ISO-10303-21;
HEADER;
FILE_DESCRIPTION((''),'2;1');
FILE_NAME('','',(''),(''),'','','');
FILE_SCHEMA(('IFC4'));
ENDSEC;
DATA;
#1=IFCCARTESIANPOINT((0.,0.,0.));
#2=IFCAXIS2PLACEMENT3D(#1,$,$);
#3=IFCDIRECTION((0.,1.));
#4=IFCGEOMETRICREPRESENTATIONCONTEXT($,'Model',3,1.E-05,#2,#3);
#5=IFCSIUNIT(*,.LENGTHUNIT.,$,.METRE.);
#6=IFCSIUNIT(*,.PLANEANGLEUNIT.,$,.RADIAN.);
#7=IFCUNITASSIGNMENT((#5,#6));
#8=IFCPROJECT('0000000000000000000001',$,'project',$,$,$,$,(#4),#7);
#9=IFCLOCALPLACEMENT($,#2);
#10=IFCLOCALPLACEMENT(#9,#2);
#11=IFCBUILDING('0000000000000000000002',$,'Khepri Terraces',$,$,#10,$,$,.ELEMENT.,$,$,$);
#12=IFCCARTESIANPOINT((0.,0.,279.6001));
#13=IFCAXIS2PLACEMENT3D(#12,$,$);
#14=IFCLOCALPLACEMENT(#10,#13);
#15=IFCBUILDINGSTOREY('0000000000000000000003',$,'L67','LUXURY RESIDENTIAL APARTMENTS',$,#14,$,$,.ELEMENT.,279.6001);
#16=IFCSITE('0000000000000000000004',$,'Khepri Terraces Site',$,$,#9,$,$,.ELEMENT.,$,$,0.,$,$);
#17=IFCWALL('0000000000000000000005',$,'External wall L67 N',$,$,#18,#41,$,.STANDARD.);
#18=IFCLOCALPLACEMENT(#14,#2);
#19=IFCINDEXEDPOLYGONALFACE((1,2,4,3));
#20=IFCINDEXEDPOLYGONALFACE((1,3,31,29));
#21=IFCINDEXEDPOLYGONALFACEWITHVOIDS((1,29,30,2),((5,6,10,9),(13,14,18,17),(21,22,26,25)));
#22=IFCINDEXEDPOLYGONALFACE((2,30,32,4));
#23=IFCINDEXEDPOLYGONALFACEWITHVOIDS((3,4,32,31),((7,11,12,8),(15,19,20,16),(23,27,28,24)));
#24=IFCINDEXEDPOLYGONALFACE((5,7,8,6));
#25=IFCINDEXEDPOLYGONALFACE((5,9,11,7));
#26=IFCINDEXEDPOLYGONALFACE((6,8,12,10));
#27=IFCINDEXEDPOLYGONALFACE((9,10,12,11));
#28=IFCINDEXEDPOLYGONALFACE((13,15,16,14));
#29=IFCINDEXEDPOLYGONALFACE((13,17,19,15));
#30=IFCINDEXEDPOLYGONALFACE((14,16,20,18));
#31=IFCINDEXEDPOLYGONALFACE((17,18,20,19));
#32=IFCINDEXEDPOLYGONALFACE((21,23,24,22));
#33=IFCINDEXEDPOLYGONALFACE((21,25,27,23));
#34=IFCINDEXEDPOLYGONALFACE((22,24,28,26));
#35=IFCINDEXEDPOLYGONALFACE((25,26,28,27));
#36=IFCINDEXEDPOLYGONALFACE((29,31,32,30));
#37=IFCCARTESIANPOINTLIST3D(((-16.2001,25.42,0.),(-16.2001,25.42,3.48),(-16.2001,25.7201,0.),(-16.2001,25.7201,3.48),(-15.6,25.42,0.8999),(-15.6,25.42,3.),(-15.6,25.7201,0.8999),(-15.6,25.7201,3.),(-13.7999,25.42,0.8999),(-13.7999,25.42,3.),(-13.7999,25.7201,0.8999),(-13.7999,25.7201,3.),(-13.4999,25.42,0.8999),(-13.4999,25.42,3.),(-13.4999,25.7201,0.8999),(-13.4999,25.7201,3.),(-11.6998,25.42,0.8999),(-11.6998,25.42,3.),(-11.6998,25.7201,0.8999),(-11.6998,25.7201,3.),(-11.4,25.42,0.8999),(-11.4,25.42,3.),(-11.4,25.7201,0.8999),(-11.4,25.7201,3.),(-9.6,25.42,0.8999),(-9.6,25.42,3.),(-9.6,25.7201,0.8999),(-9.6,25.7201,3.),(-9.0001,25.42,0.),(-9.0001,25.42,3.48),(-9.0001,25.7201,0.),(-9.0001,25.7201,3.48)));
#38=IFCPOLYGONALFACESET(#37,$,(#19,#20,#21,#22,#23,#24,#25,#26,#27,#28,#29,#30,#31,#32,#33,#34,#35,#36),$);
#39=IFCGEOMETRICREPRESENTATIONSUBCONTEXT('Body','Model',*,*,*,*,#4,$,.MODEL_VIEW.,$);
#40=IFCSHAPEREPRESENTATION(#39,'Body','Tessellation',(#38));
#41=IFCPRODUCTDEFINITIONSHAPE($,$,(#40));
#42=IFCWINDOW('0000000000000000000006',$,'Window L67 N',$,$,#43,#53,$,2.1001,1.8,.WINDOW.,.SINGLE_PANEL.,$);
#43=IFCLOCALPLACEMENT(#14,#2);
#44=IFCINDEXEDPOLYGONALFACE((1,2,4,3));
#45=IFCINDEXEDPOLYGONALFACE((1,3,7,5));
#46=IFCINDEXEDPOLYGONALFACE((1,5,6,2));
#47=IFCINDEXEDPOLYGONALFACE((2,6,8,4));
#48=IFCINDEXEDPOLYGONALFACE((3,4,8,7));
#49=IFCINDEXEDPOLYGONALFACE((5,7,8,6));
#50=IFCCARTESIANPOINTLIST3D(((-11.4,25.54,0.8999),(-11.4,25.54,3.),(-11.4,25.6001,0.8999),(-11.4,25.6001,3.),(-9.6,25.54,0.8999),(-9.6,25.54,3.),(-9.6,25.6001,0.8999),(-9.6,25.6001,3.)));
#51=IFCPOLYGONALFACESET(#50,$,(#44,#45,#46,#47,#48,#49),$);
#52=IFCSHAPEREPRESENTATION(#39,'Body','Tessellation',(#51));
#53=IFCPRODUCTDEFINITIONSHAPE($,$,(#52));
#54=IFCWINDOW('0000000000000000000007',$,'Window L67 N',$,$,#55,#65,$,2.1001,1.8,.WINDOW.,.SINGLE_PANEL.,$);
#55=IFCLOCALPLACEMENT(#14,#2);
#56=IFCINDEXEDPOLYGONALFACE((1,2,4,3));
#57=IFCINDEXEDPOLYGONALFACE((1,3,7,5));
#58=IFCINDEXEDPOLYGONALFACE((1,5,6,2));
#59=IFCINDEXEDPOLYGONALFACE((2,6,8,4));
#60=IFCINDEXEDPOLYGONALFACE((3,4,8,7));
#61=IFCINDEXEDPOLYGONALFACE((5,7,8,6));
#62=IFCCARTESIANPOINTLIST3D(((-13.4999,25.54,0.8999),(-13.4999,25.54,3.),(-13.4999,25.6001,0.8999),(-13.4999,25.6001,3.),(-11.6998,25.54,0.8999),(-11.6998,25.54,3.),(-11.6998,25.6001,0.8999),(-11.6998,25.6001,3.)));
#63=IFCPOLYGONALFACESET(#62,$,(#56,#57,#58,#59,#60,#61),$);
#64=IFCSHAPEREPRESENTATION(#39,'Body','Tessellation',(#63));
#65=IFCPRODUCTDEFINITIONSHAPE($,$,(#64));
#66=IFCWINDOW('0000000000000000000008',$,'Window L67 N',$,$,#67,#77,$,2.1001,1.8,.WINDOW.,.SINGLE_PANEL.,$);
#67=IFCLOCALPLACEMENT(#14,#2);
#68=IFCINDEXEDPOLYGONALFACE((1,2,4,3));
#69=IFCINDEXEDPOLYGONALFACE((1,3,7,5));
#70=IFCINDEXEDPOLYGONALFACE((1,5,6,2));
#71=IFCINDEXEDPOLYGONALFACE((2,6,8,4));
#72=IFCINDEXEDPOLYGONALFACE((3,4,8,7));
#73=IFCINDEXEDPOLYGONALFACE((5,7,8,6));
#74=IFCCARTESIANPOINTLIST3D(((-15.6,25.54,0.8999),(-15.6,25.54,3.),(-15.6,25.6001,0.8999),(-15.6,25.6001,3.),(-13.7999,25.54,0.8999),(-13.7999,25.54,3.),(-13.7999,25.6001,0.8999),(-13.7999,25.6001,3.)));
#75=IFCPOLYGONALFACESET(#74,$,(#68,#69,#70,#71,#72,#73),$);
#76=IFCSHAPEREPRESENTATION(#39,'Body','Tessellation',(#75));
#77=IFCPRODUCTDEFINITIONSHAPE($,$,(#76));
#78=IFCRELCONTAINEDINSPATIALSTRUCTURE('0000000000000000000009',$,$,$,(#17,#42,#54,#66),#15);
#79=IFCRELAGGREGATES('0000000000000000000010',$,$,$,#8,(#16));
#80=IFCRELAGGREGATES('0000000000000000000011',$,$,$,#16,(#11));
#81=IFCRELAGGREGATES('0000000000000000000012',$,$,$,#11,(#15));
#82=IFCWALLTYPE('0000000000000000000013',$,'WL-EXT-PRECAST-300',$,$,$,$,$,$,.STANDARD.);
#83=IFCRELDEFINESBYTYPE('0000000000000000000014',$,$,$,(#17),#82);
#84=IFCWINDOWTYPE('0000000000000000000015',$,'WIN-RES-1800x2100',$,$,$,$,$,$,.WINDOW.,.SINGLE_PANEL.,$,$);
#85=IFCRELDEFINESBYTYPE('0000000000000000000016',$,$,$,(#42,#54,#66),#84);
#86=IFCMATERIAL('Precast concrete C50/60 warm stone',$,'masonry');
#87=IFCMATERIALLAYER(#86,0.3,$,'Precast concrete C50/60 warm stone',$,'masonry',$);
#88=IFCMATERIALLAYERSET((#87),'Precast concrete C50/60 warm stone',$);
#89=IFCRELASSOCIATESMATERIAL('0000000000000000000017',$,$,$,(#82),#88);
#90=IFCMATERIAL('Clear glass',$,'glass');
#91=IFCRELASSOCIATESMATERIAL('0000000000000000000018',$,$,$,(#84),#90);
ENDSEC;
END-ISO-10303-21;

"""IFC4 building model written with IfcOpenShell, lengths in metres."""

from ifc_helpers import new_model, si_unit, direction, frame, frame_2d, origin, place, context, subcontext, project, spatial, rectangle, extrude, material, layer, layer_set, type_object, element, fill, save


model = new_model("IFC4")

# Units and contexts
model_context = context("Model", 3, precision=1e-05, world=origin(), true_north=direction((0.0, 1.0)))
body_context = subcontext(model_context, "Body", "Model", "MODEL_VIEW")
ifc_project = project(units=[si_unit("LENGTHUNIT", "METRE"), si_unit("PLANEANGLEUNIT", "RADIAN")], contexts=[model_context])

# Site, building, storey
site_placement = place(None, origin())
site = spatial("IfcSite", under=ifc_project, at=site_placement, Name="Khepri Terraces Site", CompositionType="ELEMENT", RefElevation=0.0)
building_placement = place(site_placement, origin())
building = spatial("IfcBuilding", under=site, at=building_placement, Name="Khepri Terraces", CompositionType="ELEMENT")
storey_placement = place(building_placement, frame((0.0, 0.0, 279.6001)))
storey = spatial("IfcBuildingStorey", under=building, at=storey_placement, Name="L67", Description="LUXURY RESIDENTIAL APARTMENTS", CompositionType="ELEMENT", Elevation=279.6001)

# Wall, openings, windows
ifc_material_1 = material(Name="Precast concrete C50/60 warm stone", Category="masonry")
ifc_layer_1 = layer(ifc_material_1, 0.3, Name="Precast concrete C50/60 warm stone", Category="masonry")
ifc_layer_set_1 = layer_set([ifc_layer_1], Name="Precast concrete C50/60 warm stone")
wall_type_1 = type_object("IfcWallType", Name="WL-EXT-PRECAST-300", PredefinedType="STANDARD", material=ifc_layer_set_1)
wall_1_placement = place(storey_placement, frame((-9.0, 25.5701, 0.0), z_axis=(0.0, 0.0, 1.0), x_axis=(-1.0, 0.0, 0.0)))
wall_1 = element("IfcWall", 1, at=wall_1_placement, inside=storey, type_object=wall_type_1, Name="External wall L67 N", PredefinedType="STANDARD", context=body_context, shape_type="SweptSolid", body=[
    extrude(rectangle(XDim=7.2, YDim=0.3, at=frame_2d((3.6001, 0.0))), origin(), (0.0, 0.0, 1.0), 3.48),
])
opening_1_placement = place(wall_1_placement, frame((0.6001, 0.0, 0.8999)))
opening_1 = element("IfcOpeningElement", 2, at=opening_1_placement, cuts=wall_1, PredefinedType="OPENING", context=body_context, shape_type="SweptSolid", body=[
    extrude(rectangle(XDim=1.8, YDim=2.1001, at=frame_2d((0.8999, 1.05))), frame((0.0, 0.1602, 0.0), z_axis=(0.0, -1.0, 0.0), x_axis=(1.0, 0.0, 0.0)), (0.0, 0.0, 1.0), 0.3201),
])
opening_2_placement = place(wall_1_placement, frame((2.7, 0.0, 0.8999)))
opening_2 = element("IfcOpeningElement", 3, at=opening_2_placement, cuts=wall_1, PredefinedType="OPENING", context=body_context, shape_type="SweptSolid", body=[
    extrude(rectangle(XDim=1.8, YDim=2.1001, at=frame_2d((0.8999, 1.05))), frame((0.0, 0.1602, 0.0), z_axis=(0.0, -1.0, 0.0), x_axis=(1.0, 0.0, 0.0)), (0.0, 0.0, 1.0), 0.3201),
])
opening_3_placement = place(wall_1_placement, frame((4.8, 0.0, 0.8999)))
opening_3 = element("IfcOpeningElement", 4, at=opening_3_placement, cuts=wall_1, PredefinedType="OPENING", context=body_context, shape_type="SweptSolid", body=[
    extrude(rectangle(XDim=1.8, YDim=2.1001, at=frame_2d((0.8999, 1.05))), frame((0.0, 0.1602, 0.0), z_axis=(0.0, -1.0, 0.0), x_axis=(1.0, 0.0, 0.0)), (0.0, 0.0, 1.0), 0.3201),
])
ifc_material_2 = material(Name="Clear glass", Category="glass")
window_type = type_object("IfcWindowType", Name="WIN-RES-1800x2100", PartitioningType="SINGLE_PANEL", PredefinedType="WINDOW", material=ifc_material_2)
window_1_placement = place(opening_1_placement, origin())
window_1 = element("IfcWindow", 5, at=window_1_placement, inside=storey, type_object=window_type, Name="Window L67 N", OverallHeight=2.1001, OverallWidth=1.8, PartitioningType="SINGLE_PANEL", PredefinedType="WINDOW", context=body_context, shape_type="SweptSolid", body=[
    extrude(rectangle(XDim=1.8, YDim=2.1001, at=frame_2d((0.8999, 1.05))), frame((0.0, 0.03, 0.0), z_axis=(0.0, -1.0, 0.0), x_axis=(1.0, 0.0, 0.0)), (0.0, 0.0, 1.0), 0.0601),
])
fill(opening_1, window_1)
window_2_placement = place(opening_2_placement, origin())
window_2 = element("IfcWindow", 6, at=window_2_placement, inside=storey, type_object=window_type, Name="Window L67 N", OverallHeight=2.1001, OverallWidth=1.8, PartitioningType="SINGLE_PANEL", PredefinedType="WINDOW", context=body_context, shape_type="SweptSolid", body=[
    extrude(rectangle(XDim=1.8, YDim=2.1001, at=frame_2d((0.8999, 1.05))), frame((0.0, 0.03, 0.0), z_axis=(0.0, -1.0, 0.0), x_axis=(1.0, 0.0, 0.0)), (0.0, 0.0, 1.0), 0.0601),
])
fill(opening_2, window_2)
window_3_placement = place(opening_3_placement, origin())
window_3 = element("IfcWindow", 7, at=window_3_placement, inside=storey, type_object=window_type, Name="Window L67 N", OverallHeight=2.1001, OverallWidth=1.8, PartitioningType="SINGLE_PANEL", PredefinedType="WINDOW", context=body_context, shape_type="SweptSolid", body=[
    extrude(rectangle(XDim=1.8, YDim=2.1001, at=frame_2d((0.8999, 1.05))), frame((0.0, 0.03, 0.0), z_axis=(0.0, -1.0, 0.0), x_axis=(1.0, 0.0, 0.0)), (0.0, 0.0, 1.0), 0.0601),
])
fill(opening_3, window_3)

save(model, "model.ifc")
